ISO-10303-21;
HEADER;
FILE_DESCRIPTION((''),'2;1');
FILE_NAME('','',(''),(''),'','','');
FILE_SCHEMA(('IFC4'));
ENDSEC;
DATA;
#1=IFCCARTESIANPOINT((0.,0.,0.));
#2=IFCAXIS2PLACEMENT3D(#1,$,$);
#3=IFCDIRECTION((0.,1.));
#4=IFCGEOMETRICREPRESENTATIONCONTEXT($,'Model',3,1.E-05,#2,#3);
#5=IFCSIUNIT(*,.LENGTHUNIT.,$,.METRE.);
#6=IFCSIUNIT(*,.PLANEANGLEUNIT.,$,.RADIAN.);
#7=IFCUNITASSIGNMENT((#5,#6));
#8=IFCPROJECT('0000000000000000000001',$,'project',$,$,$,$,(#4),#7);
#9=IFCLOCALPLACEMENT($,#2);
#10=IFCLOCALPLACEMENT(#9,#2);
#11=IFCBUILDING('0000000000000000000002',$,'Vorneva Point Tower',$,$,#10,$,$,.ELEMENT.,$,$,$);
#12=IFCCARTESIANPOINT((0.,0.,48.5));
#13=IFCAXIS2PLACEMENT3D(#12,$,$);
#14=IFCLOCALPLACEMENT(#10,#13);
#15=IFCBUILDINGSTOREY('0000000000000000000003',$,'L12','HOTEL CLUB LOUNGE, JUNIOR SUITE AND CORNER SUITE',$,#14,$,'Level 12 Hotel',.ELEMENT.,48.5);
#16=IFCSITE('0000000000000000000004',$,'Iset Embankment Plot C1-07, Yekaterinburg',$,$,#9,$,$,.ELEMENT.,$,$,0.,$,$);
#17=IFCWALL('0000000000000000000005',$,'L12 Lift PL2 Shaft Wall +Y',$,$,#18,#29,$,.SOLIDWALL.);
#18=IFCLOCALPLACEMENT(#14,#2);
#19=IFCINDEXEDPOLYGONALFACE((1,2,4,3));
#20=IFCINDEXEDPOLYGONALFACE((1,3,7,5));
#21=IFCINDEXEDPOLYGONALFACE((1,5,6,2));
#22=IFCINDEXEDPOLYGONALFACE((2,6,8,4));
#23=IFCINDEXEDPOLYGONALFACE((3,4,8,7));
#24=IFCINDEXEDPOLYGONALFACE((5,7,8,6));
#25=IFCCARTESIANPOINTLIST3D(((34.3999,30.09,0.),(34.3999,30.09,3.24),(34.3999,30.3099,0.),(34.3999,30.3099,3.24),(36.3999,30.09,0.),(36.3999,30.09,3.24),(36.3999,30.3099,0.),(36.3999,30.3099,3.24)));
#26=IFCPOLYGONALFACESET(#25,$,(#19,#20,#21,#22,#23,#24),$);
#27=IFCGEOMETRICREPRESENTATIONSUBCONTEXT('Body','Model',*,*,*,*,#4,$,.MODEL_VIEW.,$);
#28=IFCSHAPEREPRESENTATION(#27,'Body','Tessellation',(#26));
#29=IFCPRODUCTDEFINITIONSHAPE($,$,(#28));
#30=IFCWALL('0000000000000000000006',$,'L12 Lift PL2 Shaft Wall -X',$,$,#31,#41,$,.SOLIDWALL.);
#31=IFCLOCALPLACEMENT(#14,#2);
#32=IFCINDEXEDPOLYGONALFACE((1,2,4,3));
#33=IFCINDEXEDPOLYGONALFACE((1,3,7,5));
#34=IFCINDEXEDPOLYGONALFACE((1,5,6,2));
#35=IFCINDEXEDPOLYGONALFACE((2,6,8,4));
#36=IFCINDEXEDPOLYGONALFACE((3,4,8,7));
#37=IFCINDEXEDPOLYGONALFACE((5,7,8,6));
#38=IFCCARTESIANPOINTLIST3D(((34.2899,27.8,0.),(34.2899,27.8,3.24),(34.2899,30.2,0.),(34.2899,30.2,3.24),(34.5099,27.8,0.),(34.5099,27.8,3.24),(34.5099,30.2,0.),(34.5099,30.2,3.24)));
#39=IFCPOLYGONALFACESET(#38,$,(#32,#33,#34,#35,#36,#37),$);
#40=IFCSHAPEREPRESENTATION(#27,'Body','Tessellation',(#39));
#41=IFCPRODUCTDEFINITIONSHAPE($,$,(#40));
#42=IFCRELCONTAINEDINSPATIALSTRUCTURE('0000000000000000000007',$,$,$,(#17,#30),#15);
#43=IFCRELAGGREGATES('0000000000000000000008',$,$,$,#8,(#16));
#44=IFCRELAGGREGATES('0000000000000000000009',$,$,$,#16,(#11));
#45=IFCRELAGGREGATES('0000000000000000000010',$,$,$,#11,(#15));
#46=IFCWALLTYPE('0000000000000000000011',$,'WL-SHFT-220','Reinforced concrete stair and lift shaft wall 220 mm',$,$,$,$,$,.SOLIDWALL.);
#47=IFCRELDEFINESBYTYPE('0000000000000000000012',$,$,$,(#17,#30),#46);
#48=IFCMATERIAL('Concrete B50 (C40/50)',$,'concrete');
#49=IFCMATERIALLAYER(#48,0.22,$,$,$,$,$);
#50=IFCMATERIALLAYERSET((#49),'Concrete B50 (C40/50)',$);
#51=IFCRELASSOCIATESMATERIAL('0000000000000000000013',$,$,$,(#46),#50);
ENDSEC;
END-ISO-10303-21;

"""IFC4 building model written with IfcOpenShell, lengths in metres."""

from ifc_helpers import new_model, si_unit, direction, frame, frame_2d, origin, place, context, subcontext, project, spatial, rectangle, extrude, material, layer, layer_set, type_object, element, save


model = new_model("IFC4")

# Units and contexts
model_context = context("Model", 3, precision=1e-05, world=origin(), true_north=direction((0.0, 1.0)))
body_context = subcontext(model_context, "Body", "Model", "MODEL_VIEW")
ifc_project = project(units=[si_unit("LENGTHUNIT", "METRE"), si_unit("PLANEANGLEUNIT", "RADIAN")], contexts=[model_context])

# Site, building, storey
site_placement = place(None, origin())
site = spatial("IfcSite", under=ifc_project, at=site_placement, Name="Iset Embankment Plot C1-07, Yekaterinburg", CompositionType="ELEMENT", RefElevation=0.0)
building_placement = place(site_placement, origin())
building = spatial("IfcBuilding", under=site, at=building_placement, Name="Vorneva Point Tower", CompositionType="ELEMENT")
storey_placement = place(building_placement, frame((0.0, 0.0, 48.5)))
storey = spatial("IfcBuildingStorey", under=building, at=storey_placement, Name="L12", Description="HOTEL CLUB LOUNGE, JUNIOR SUITE AND CORNER SUITE", LongName="Level 12 Hotel", CompositionType="ELEMENT", Elevation=48.5)

# Shared definitions
ifc_material_1 = material(Name="Concrete B50 (C40/50)", Category="concrete")
ifc_layer_1 = layer(ifc_material_1, 0.22)
ifc_layer_set_1 = layer_set([ifc_layer_1], Name="Concrete B50 (C40/50)")
wall_type_1 = type_object("IfcWallType", Name="WL-SHFT-220", Description="Reinforced concrete stair and lift shaft wall 220 mm", PredefinedType="SOLIDWALL", material=ifc_layer_set_1)

# Walls
wall_1_placement = place(storey_placement, frame((36.3999, 30.2, 0.0), z_axis=(0.0, 0.0, 1.0), x_axis=(-1.0, 0.0, 0.0)))
element("IfcWall", 1, at=wall_1_placement, inside=storey, type_object=wall_type_1, Name="L12 Lift PL2 Shaft Wall +Y", PredefinedType="SOLIDWALL", context=body_context, shape_type="SweptSolid", body=[
    extrude(rectangle(XDim=2.0, YDim=0.22, at=frame_2d((1.0, 0.0))), origin(), (0.0, 0.0, 1.0), 3.24),
])
wall_2_placement = place(storey_placement, frame((34.3999, 30.2, 0.0), z_axis=(0.0, 0.0, 1.0), x_axis=(0.0, -1.0, 0.0)))
element("IfcWall", 2, at=wall_2_placement, inside=storey, type_object=wall_type_1, Name="L12 Lift PL2 Shaft Wall -X", PredefinedType="SOLIDWALL", context=body_context, shape_type="SweptSolid", body=[
    extrude(rectangle(XDim=2.3999, YDim=0.22, at=frame_2d((1.2, 0.0))), origin(), (0.0, 0.0, 1.0), 3.24),
])

save(model, "model.ifc")
